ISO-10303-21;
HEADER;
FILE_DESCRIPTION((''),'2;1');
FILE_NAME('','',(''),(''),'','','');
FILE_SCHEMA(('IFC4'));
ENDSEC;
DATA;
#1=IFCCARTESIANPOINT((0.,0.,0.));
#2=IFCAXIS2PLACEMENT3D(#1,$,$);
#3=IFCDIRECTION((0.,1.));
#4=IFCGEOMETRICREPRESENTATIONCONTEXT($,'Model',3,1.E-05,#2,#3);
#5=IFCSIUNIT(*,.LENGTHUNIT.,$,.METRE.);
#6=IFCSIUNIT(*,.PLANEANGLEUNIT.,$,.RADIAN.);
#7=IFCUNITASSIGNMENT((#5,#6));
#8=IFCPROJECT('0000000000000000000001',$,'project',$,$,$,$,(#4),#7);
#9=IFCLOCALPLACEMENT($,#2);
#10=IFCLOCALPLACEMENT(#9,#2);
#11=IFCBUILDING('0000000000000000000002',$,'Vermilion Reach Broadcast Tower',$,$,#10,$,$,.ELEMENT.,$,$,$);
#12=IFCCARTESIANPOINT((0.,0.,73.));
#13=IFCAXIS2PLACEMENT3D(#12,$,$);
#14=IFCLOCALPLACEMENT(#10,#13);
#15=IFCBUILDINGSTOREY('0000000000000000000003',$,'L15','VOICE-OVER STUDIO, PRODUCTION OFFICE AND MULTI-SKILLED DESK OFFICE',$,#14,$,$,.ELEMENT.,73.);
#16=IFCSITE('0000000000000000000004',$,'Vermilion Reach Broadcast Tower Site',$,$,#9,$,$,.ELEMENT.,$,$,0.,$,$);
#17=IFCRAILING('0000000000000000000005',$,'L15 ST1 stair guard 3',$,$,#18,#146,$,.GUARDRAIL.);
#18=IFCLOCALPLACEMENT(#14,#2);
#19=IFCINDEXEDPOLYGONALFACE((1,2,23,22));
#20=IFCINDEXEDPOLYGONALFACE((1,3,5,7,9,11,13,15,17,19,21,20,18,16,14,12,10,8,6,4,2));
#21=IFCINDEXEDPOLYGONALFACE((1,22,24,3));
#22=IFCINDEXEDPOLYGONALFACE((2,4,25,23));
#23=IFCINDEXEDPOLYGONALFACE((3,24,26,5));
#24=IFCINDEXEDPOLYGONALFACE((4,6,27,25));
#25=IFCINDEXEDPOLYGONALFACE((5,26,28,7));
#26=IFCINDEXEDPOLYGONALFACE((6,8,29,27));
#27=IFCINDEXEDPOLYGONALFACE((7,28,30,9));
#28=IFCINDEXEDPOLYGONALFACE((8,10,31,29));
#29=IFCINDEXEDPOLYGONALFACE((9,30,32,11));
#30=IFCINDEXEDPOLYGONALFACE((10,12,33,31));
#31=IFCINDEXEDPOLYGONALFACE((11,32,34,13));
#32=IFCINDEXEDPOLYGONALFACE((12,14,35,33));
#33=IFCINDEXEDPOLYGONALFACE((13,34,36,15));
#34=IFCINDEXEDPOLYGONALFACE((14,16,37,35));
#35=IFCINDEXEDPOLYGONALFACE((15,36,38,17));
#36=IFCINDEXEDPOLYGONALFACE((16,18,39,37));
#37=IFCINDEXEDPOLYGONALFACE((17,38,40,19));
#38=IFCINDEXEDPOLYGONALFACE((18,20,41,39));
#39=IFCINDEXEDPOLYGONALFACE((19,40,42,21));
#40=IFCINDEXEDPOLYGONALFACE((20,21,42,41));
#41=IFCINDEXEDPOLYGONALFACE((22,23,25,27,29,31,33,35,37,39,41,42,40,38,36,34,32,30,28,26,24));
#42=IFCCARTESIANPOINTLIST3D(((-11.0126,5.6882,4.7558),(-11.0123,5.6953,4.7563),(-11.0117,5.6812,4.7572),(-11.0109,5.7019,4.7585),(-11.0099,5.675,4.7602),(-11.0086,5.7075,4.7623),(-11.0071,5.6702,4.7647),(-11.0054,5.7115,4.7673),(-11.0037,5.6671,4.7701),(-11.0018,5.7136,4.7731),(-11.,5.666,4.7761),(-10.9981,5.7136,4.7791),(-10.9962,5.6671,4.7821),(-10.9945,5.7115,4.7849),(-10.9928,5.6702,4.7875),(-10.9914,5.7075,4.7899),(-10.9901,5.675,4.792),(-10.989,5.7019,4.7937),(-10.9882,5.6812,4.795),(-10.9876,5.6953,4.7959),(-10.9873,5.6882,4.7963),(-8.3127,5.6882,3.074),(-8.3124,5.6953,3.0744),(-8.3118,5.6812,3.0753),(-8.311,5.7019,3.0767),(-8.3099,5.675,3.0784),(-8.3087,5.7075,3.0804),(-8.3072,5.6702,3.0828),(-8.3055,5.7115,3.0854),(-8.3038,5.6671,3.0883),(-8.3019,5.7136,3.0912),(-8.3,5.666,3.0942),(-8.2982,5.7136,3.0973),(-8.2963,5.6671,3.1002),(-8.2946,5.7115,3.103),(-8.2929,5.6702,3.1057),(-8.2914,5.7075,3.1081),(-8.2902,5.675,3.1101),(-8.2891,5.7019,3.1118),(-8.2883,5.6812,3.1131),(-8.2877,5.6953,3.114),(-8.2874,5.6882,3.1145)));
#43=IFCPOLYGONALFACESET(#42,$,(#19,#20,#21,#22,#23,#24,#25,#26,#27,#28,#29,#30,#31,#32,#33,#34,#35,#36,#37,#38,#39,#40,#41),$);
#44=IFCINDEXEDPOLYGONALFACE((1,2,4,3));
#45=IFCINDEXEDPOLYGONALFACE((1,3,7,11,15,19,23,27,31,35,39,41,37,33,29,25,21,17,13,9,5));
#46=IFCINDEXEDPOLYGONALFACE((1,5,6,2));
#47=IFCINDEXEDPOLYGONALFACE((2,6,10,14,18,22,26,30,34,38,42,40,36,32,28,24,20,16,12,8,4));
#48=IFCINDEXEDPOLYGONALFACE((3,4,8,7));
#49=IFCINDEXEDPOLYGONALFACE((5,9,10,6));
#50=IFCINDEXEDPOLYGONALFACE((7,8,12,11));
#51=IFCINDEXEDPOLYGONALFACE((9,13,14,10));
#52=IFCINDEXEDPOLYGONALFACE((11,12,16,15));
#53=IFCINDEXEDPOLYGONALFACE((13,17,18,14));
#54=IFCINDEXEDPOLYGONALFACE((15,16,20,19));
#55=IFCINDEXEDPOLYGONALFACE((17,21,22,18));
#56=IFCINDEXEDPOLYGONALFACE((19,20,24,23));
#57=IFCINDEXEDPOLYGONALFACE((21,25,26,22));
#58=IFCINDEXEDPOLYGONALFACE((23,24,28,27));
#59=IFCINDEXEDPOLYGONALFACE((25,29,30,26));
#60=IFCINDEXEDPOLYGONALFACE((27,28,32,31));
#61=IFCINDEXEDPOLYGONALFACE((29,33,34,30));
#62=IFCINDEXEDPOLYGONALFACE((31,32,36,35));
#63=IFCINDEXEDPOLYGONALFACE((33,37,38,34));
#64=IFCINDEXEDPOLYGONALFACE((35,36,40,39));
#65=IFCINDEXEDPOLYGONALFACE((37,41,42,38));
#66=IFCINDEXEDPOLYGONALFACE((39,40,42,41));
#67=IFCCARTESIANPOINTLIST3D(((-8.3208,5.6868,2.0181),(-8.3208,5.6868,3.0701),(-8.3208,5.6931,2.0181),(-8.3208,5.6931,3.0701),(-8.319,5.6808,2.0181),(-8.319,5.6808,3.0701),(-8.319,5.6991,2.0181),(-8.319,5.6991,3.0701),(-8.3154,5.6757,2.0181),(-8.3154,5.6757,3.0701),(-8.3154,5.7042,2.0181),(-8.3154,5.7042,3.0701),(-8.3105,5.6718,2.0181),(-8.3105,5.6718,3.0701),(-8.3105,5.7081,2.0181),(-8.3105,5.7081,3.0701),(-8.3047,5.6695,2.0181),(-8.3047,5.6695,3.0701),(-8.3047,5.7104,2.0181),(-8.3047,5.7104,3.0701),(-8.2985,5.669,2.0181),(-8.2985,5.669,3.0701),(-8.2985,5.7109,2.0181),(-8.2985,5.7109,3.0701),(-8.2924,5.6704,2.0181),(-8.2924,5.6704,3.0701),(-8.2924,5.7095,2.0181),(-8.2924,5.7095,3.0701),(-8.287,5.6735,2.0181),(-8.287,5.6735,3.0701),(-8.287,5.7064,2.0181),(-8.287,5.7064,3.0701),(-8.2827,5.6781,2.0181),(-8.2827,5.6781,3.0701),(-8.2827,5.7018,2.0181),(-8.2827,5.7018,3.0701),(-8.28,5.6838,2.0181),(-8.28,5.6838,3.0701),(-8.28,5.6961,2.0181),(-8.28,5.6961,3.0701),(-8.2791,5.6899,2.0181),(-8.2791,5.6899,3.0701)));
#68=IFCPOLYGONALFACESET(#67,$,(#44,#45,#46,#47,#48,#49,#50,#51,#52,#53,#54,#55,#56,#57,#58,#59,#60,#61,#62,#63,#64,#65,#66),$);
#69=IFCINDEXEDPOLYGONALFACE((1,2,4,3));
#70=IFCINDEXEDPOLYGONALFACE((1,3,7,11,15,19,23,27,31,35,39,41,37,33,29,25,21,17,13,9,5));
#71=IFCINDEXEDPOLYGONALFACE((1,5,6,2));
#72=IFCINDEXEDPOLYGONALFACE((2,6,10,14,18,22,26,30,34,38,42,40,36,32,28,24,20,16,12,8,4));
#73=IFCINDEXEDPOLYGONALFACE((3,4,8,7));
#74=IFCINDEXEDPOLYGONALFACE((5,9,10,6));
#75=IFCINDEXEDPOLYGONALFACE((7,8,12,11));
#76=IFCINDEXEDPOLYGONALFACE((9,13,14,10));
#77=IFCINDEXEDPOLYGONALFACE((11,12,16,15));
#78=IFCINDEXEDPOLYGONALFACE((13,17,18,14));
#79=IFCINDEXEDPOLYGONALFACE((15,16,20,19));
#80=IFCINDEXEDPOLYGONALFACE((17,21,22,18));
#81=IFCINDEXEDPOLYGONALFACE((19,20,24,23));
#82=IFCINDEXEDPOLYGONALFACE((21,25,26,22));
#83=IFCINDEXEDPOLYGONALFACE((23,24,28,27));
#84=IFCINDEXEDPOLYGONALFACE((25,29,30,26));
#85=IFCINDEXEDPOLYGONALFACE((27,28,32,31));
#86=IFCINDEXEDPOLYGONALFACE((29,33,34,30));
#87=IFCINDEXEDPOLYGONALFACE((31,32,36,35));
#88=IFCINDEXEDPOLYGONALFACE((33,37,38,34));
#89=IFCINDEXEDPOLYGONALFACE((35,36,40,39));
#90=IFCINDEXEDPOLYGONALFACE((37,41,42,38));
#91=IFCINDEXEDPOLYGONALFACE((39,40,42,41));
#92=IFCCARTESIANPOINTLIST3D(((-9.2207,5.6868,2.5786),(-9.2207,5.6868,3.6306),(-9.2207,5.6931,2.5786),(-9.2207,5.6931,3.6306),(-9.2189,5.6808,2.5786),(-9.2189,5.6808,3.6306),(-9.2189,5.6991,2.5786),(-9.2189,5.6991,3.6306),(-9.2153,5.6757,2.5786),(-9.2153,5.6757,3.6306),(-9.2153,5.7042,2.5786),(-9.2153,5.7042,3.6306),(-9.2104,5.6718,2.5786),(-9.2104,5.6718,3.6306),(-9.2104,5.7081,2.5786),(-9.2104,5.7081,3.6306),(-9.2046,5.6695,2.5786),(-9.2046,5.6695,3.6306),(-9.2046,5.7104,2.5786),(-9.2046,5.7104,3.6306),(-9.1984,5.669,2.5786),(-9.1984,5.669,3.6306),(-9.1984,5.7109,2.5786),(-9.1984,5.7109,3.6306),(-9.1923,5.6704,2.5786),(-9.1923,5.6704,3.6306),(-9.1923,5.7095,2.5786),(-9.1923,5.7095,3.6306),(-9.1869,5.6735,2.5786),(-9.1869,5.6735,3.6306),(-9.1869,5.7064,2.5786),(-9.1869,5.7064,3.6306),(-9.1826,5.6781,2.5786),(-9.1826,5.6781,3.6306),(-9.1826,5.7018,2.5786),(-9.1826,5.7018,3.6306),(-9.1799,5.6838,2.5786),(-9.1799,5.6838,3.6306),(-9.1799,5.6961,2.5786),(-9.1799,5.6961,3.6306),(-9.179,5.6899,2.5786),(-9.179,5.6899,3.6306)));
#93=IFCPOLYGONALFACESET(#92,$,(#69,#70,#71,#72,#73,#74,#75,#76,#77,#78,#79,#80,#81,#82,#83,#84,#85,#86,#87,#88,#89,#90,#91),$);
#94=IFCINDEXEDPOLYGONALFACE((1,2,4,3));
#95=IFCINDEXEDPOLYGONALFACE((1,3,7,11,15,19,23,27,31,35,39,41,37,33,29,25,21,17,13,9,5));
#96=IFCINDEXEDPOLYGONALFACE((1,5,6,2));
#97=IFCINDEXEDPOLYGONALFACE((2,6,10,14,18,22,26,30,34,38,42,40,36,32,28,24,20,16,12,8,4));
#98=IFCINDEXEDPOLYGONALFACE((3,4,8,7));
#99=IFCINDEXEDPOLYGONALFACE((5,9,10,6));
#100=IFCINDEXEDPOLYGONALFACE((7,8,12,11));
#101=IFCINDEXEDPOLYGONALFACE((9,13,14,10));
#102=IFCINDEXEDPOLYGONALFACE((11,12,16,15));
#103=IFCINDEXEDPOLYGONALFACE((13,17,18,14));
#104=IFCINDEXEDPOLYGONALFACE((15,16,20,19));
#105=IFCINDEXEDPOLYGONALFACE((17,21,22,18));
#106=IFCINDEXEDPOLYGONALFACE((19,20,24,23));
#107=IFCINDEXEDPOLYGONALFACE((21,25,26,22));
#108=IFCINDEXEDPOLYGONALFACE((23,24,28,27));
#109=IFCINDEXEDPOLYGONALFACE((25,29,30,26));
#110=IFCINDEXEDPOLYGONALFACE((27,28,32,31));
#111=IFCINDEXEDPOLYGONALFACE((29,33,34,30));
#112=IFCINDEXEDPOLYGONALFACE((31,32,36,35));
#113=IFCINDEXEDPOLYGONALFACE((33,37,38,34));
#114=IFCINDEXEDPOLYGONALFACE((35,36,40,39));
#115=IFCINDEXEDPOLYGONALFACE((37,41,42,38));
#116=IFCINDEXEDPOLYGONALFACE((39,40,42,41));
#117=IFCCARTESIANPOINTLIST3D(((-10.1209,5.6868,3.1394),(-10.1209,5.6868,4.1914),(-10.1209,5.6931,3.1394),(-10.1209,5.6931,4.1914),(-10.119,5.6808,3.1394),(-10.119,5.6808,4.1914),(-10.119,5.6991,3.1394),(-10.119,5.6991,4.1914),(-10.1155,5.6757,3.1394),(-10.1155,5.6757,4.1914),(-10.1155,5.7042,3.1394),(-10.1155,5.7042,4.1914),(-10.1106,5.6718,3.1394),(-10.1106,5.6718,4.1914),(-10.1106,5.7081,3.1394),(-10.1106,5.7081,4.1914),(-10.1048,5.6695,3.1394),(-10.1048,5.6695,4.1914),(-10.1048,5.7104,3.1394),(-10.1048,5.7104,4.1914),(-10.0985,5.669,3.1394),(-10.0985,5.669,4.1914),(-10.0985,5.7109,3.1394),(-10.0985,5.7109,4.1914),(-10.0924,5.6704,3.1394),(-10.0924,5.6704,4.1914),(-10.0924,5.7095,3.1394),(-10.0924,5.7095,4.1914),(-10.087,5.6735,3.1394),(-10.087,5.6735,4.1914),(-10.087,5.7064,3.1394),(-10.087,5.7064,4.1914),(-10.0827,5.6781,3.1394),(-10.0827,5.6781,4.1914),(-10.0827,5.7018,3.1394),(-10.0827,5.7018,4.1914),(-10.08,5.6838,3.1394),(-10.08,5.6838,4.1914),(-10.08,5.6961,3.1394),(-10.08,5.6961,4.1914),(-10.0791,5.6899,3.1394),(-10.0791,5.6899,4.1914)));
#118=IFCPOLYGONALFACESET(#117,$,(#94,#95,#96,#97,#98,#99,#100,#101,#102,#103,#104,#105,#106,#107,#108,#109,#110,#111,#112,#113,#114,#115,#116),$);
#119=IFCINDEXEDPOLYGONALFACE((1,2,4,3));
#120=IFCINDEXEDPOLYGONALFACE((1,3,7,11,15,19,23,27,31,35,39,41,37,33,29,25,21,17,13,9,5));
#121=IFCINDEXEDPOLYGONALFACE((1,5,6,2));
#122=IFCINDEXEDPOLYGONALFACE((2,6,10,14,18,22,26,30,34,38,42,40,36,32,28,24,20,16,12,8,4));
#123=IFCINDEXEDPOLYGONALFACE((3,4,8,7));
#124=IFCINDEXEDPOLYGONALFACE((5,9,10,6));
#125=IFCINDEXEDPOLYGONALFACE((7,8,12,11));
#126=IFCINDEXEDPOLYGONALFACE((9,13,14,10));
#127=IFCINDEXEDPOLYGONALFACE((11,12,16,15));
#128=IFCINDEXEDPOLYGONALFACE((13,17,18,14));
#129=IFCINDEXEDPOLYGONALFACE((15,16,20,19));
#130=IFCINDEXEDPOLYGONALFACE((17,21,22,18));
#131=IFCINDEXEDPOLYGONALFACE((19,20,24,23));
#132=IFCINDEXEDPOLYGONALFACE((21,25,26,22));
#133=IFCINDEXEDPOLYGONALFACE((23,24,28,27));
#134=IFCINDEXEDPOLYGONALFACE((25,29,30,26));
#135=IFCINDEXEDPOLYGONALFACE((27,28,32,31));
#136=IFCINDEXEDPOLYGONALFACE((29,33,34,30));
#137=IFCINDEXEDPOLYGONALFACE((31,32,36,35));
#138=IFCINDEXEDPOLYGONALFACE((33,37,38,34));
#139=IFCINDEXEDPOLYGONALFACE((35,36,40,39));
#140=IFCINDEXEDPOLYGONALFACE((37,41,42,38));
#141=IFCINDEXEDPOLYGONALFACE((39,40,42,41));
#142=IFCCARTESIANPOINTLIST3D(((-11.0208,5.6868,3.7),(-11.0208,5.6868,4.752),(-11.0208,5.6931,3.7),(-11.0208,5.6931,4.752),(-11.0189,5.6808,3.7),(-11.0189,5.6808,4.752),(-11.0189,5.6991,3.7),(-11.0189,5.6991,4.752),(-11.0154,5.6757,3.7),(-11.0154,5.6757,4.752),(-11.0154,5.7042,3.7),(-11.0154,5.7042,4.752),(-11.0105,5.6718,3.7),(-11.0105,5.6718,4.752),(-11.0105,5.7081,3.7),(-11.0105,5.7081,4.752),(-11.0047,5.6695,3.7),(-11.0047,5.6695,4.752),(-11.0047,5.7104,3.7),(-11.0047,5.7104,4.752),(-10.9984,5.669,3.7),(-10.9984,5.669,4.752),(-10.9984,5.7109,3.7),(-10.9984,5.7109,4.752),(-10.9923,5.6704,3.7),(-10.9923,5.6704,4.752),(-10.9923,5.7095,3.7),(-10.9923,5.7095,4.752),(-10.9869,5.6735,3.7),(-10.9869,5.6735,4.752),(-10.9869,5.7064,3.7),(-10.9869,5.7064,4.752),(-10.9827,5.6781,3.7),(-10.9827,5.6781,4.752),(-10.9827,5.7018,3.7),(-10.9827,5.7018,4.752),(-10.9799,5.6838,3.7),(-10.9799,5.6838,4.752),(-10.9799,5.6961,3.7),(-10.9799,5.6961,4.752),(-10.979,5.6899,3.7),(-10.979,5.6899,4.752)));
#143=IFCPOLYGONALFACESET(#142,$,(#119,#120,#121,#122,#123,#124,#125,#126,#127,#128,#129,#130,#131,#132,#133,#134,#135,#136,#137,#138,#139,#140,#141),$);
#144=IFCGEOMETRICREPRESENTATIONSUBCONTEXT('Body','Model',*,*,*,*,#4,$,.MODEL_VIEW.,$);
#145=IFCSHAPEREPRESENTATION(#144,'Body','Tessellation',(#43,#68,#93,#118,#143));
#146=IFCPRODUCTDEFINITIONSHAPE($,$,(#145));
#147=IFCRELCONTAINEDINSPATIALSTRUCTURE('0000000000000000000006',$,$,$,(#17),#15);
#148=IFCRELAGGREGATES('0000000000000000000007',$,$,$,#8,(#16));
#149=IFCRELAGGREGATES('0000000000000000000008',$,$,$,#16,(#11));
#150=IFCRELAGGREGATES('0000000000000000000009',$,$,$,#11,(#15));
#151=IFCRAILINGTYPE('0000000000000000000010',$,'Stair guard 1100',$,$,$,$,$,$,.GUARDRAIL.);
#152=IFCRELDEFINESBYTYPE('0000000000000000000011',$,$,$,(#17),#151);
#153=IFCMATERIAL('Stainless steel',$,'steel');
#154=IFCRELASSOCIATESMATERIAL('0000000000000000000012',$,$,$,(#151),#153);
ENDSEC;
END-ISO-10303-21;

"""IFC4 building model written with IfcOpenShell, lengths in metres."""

from ifc_helpers import new_model, si_unit, direction, frame, origin, origin_2d, place, context, subcontext, project, spatial, circle, extrude, material, type_object, element, save


model = new_model("IFC4")

# Units and contexts
model_context = context("Model", 3, precision=1e-05, world=origin(), true_north=direction((0.0, 1.0)))
body_context = subcontext(model_context, "Body", "Model", "MODEL_VIEW")
ifc_project = project(units=[si_unit("LENGTHUNIT", "METRE"), si_unit("PLANEANGLEUNIT", "RADIAN")], contexts=[model_context])

# Site, building, storey
site_placement = place(None, origin())
site = spatial("IfcSite", under=ifc_project, at=site_placement, Name="Vermilion Reach Broadcast Tower Site", CompositionType="ELEMENT", RefElevation=0.0)
building_placement = place(site_placement, origin())
building = spatial("IfcBuilding", under=site, at=building_placement, Name="Vermilion Reach Broadcast Tower", CompositionType="ELEMENT")
storey_placement = place(building_placement, frame((0.0, 0.0, 73.0)))
storey = spatial("IfcBuildingStorey", under=building, at=storey_placement, Name="L15", Description="VOICE-OVER STUDIO, PRODUCTION OFFICE AND MULTI-SKILLED DESK OFFICE", CompositionType="ELEMENT", Elevation=73.0)

# Railing
ifc_material_1 = material(Name="Stainless steel", Category="steel")
railing_type_1 = type_object("IfcRailingType", Name="Stair guard 1100", PredefinedType="GUARDRAIL", material=ifc_material_1)
railing_1_placement = place(storey_placement, frame((-8.3, 5.6899, 2.0181)))
element("IfcRailing", 1, at=railing_1_placement, inside=storey, type_object=railing_type_1, Name="L15 ST1 stair guard 3", PredefinedType="GUARDRAIL", context=body_context, shape_type="SweptSolid", body=[
    extrude(circle(Radius=0.0239, at=origin_2d()), frame((0.0, 0.0, 1.0762), z_axis=(-0.848786, 0.0, 0.528736), x_axis=(0.0, -1.0, 0.0)), (0.0, 0.0, 1.0), 3.1809),
    extrude(circle(Radius=0.021, at=origin_2d()), origin(), (0.0, 0.0, 1.0), 1.052),
    extrude(circle(Radius=0.021, at=origin_2d()), frame((-0.8999, 0.0, 0.5605)), (0.0, 0.0, 1.0), 1.052),
    extrude(circle(Radius=0.021, at=origin_2d()), frame((-1.8, 0.0, 1.1213)), (0.0, 0.0, 1.0), 1.052),
    extrude(circle(Radius=0.021, at=origin_2d()), frame((-2.7, 0.0, 1.6819)), (0.0, 0.0, 1.0), 1.052),
])

save(model, "model.ifc")
